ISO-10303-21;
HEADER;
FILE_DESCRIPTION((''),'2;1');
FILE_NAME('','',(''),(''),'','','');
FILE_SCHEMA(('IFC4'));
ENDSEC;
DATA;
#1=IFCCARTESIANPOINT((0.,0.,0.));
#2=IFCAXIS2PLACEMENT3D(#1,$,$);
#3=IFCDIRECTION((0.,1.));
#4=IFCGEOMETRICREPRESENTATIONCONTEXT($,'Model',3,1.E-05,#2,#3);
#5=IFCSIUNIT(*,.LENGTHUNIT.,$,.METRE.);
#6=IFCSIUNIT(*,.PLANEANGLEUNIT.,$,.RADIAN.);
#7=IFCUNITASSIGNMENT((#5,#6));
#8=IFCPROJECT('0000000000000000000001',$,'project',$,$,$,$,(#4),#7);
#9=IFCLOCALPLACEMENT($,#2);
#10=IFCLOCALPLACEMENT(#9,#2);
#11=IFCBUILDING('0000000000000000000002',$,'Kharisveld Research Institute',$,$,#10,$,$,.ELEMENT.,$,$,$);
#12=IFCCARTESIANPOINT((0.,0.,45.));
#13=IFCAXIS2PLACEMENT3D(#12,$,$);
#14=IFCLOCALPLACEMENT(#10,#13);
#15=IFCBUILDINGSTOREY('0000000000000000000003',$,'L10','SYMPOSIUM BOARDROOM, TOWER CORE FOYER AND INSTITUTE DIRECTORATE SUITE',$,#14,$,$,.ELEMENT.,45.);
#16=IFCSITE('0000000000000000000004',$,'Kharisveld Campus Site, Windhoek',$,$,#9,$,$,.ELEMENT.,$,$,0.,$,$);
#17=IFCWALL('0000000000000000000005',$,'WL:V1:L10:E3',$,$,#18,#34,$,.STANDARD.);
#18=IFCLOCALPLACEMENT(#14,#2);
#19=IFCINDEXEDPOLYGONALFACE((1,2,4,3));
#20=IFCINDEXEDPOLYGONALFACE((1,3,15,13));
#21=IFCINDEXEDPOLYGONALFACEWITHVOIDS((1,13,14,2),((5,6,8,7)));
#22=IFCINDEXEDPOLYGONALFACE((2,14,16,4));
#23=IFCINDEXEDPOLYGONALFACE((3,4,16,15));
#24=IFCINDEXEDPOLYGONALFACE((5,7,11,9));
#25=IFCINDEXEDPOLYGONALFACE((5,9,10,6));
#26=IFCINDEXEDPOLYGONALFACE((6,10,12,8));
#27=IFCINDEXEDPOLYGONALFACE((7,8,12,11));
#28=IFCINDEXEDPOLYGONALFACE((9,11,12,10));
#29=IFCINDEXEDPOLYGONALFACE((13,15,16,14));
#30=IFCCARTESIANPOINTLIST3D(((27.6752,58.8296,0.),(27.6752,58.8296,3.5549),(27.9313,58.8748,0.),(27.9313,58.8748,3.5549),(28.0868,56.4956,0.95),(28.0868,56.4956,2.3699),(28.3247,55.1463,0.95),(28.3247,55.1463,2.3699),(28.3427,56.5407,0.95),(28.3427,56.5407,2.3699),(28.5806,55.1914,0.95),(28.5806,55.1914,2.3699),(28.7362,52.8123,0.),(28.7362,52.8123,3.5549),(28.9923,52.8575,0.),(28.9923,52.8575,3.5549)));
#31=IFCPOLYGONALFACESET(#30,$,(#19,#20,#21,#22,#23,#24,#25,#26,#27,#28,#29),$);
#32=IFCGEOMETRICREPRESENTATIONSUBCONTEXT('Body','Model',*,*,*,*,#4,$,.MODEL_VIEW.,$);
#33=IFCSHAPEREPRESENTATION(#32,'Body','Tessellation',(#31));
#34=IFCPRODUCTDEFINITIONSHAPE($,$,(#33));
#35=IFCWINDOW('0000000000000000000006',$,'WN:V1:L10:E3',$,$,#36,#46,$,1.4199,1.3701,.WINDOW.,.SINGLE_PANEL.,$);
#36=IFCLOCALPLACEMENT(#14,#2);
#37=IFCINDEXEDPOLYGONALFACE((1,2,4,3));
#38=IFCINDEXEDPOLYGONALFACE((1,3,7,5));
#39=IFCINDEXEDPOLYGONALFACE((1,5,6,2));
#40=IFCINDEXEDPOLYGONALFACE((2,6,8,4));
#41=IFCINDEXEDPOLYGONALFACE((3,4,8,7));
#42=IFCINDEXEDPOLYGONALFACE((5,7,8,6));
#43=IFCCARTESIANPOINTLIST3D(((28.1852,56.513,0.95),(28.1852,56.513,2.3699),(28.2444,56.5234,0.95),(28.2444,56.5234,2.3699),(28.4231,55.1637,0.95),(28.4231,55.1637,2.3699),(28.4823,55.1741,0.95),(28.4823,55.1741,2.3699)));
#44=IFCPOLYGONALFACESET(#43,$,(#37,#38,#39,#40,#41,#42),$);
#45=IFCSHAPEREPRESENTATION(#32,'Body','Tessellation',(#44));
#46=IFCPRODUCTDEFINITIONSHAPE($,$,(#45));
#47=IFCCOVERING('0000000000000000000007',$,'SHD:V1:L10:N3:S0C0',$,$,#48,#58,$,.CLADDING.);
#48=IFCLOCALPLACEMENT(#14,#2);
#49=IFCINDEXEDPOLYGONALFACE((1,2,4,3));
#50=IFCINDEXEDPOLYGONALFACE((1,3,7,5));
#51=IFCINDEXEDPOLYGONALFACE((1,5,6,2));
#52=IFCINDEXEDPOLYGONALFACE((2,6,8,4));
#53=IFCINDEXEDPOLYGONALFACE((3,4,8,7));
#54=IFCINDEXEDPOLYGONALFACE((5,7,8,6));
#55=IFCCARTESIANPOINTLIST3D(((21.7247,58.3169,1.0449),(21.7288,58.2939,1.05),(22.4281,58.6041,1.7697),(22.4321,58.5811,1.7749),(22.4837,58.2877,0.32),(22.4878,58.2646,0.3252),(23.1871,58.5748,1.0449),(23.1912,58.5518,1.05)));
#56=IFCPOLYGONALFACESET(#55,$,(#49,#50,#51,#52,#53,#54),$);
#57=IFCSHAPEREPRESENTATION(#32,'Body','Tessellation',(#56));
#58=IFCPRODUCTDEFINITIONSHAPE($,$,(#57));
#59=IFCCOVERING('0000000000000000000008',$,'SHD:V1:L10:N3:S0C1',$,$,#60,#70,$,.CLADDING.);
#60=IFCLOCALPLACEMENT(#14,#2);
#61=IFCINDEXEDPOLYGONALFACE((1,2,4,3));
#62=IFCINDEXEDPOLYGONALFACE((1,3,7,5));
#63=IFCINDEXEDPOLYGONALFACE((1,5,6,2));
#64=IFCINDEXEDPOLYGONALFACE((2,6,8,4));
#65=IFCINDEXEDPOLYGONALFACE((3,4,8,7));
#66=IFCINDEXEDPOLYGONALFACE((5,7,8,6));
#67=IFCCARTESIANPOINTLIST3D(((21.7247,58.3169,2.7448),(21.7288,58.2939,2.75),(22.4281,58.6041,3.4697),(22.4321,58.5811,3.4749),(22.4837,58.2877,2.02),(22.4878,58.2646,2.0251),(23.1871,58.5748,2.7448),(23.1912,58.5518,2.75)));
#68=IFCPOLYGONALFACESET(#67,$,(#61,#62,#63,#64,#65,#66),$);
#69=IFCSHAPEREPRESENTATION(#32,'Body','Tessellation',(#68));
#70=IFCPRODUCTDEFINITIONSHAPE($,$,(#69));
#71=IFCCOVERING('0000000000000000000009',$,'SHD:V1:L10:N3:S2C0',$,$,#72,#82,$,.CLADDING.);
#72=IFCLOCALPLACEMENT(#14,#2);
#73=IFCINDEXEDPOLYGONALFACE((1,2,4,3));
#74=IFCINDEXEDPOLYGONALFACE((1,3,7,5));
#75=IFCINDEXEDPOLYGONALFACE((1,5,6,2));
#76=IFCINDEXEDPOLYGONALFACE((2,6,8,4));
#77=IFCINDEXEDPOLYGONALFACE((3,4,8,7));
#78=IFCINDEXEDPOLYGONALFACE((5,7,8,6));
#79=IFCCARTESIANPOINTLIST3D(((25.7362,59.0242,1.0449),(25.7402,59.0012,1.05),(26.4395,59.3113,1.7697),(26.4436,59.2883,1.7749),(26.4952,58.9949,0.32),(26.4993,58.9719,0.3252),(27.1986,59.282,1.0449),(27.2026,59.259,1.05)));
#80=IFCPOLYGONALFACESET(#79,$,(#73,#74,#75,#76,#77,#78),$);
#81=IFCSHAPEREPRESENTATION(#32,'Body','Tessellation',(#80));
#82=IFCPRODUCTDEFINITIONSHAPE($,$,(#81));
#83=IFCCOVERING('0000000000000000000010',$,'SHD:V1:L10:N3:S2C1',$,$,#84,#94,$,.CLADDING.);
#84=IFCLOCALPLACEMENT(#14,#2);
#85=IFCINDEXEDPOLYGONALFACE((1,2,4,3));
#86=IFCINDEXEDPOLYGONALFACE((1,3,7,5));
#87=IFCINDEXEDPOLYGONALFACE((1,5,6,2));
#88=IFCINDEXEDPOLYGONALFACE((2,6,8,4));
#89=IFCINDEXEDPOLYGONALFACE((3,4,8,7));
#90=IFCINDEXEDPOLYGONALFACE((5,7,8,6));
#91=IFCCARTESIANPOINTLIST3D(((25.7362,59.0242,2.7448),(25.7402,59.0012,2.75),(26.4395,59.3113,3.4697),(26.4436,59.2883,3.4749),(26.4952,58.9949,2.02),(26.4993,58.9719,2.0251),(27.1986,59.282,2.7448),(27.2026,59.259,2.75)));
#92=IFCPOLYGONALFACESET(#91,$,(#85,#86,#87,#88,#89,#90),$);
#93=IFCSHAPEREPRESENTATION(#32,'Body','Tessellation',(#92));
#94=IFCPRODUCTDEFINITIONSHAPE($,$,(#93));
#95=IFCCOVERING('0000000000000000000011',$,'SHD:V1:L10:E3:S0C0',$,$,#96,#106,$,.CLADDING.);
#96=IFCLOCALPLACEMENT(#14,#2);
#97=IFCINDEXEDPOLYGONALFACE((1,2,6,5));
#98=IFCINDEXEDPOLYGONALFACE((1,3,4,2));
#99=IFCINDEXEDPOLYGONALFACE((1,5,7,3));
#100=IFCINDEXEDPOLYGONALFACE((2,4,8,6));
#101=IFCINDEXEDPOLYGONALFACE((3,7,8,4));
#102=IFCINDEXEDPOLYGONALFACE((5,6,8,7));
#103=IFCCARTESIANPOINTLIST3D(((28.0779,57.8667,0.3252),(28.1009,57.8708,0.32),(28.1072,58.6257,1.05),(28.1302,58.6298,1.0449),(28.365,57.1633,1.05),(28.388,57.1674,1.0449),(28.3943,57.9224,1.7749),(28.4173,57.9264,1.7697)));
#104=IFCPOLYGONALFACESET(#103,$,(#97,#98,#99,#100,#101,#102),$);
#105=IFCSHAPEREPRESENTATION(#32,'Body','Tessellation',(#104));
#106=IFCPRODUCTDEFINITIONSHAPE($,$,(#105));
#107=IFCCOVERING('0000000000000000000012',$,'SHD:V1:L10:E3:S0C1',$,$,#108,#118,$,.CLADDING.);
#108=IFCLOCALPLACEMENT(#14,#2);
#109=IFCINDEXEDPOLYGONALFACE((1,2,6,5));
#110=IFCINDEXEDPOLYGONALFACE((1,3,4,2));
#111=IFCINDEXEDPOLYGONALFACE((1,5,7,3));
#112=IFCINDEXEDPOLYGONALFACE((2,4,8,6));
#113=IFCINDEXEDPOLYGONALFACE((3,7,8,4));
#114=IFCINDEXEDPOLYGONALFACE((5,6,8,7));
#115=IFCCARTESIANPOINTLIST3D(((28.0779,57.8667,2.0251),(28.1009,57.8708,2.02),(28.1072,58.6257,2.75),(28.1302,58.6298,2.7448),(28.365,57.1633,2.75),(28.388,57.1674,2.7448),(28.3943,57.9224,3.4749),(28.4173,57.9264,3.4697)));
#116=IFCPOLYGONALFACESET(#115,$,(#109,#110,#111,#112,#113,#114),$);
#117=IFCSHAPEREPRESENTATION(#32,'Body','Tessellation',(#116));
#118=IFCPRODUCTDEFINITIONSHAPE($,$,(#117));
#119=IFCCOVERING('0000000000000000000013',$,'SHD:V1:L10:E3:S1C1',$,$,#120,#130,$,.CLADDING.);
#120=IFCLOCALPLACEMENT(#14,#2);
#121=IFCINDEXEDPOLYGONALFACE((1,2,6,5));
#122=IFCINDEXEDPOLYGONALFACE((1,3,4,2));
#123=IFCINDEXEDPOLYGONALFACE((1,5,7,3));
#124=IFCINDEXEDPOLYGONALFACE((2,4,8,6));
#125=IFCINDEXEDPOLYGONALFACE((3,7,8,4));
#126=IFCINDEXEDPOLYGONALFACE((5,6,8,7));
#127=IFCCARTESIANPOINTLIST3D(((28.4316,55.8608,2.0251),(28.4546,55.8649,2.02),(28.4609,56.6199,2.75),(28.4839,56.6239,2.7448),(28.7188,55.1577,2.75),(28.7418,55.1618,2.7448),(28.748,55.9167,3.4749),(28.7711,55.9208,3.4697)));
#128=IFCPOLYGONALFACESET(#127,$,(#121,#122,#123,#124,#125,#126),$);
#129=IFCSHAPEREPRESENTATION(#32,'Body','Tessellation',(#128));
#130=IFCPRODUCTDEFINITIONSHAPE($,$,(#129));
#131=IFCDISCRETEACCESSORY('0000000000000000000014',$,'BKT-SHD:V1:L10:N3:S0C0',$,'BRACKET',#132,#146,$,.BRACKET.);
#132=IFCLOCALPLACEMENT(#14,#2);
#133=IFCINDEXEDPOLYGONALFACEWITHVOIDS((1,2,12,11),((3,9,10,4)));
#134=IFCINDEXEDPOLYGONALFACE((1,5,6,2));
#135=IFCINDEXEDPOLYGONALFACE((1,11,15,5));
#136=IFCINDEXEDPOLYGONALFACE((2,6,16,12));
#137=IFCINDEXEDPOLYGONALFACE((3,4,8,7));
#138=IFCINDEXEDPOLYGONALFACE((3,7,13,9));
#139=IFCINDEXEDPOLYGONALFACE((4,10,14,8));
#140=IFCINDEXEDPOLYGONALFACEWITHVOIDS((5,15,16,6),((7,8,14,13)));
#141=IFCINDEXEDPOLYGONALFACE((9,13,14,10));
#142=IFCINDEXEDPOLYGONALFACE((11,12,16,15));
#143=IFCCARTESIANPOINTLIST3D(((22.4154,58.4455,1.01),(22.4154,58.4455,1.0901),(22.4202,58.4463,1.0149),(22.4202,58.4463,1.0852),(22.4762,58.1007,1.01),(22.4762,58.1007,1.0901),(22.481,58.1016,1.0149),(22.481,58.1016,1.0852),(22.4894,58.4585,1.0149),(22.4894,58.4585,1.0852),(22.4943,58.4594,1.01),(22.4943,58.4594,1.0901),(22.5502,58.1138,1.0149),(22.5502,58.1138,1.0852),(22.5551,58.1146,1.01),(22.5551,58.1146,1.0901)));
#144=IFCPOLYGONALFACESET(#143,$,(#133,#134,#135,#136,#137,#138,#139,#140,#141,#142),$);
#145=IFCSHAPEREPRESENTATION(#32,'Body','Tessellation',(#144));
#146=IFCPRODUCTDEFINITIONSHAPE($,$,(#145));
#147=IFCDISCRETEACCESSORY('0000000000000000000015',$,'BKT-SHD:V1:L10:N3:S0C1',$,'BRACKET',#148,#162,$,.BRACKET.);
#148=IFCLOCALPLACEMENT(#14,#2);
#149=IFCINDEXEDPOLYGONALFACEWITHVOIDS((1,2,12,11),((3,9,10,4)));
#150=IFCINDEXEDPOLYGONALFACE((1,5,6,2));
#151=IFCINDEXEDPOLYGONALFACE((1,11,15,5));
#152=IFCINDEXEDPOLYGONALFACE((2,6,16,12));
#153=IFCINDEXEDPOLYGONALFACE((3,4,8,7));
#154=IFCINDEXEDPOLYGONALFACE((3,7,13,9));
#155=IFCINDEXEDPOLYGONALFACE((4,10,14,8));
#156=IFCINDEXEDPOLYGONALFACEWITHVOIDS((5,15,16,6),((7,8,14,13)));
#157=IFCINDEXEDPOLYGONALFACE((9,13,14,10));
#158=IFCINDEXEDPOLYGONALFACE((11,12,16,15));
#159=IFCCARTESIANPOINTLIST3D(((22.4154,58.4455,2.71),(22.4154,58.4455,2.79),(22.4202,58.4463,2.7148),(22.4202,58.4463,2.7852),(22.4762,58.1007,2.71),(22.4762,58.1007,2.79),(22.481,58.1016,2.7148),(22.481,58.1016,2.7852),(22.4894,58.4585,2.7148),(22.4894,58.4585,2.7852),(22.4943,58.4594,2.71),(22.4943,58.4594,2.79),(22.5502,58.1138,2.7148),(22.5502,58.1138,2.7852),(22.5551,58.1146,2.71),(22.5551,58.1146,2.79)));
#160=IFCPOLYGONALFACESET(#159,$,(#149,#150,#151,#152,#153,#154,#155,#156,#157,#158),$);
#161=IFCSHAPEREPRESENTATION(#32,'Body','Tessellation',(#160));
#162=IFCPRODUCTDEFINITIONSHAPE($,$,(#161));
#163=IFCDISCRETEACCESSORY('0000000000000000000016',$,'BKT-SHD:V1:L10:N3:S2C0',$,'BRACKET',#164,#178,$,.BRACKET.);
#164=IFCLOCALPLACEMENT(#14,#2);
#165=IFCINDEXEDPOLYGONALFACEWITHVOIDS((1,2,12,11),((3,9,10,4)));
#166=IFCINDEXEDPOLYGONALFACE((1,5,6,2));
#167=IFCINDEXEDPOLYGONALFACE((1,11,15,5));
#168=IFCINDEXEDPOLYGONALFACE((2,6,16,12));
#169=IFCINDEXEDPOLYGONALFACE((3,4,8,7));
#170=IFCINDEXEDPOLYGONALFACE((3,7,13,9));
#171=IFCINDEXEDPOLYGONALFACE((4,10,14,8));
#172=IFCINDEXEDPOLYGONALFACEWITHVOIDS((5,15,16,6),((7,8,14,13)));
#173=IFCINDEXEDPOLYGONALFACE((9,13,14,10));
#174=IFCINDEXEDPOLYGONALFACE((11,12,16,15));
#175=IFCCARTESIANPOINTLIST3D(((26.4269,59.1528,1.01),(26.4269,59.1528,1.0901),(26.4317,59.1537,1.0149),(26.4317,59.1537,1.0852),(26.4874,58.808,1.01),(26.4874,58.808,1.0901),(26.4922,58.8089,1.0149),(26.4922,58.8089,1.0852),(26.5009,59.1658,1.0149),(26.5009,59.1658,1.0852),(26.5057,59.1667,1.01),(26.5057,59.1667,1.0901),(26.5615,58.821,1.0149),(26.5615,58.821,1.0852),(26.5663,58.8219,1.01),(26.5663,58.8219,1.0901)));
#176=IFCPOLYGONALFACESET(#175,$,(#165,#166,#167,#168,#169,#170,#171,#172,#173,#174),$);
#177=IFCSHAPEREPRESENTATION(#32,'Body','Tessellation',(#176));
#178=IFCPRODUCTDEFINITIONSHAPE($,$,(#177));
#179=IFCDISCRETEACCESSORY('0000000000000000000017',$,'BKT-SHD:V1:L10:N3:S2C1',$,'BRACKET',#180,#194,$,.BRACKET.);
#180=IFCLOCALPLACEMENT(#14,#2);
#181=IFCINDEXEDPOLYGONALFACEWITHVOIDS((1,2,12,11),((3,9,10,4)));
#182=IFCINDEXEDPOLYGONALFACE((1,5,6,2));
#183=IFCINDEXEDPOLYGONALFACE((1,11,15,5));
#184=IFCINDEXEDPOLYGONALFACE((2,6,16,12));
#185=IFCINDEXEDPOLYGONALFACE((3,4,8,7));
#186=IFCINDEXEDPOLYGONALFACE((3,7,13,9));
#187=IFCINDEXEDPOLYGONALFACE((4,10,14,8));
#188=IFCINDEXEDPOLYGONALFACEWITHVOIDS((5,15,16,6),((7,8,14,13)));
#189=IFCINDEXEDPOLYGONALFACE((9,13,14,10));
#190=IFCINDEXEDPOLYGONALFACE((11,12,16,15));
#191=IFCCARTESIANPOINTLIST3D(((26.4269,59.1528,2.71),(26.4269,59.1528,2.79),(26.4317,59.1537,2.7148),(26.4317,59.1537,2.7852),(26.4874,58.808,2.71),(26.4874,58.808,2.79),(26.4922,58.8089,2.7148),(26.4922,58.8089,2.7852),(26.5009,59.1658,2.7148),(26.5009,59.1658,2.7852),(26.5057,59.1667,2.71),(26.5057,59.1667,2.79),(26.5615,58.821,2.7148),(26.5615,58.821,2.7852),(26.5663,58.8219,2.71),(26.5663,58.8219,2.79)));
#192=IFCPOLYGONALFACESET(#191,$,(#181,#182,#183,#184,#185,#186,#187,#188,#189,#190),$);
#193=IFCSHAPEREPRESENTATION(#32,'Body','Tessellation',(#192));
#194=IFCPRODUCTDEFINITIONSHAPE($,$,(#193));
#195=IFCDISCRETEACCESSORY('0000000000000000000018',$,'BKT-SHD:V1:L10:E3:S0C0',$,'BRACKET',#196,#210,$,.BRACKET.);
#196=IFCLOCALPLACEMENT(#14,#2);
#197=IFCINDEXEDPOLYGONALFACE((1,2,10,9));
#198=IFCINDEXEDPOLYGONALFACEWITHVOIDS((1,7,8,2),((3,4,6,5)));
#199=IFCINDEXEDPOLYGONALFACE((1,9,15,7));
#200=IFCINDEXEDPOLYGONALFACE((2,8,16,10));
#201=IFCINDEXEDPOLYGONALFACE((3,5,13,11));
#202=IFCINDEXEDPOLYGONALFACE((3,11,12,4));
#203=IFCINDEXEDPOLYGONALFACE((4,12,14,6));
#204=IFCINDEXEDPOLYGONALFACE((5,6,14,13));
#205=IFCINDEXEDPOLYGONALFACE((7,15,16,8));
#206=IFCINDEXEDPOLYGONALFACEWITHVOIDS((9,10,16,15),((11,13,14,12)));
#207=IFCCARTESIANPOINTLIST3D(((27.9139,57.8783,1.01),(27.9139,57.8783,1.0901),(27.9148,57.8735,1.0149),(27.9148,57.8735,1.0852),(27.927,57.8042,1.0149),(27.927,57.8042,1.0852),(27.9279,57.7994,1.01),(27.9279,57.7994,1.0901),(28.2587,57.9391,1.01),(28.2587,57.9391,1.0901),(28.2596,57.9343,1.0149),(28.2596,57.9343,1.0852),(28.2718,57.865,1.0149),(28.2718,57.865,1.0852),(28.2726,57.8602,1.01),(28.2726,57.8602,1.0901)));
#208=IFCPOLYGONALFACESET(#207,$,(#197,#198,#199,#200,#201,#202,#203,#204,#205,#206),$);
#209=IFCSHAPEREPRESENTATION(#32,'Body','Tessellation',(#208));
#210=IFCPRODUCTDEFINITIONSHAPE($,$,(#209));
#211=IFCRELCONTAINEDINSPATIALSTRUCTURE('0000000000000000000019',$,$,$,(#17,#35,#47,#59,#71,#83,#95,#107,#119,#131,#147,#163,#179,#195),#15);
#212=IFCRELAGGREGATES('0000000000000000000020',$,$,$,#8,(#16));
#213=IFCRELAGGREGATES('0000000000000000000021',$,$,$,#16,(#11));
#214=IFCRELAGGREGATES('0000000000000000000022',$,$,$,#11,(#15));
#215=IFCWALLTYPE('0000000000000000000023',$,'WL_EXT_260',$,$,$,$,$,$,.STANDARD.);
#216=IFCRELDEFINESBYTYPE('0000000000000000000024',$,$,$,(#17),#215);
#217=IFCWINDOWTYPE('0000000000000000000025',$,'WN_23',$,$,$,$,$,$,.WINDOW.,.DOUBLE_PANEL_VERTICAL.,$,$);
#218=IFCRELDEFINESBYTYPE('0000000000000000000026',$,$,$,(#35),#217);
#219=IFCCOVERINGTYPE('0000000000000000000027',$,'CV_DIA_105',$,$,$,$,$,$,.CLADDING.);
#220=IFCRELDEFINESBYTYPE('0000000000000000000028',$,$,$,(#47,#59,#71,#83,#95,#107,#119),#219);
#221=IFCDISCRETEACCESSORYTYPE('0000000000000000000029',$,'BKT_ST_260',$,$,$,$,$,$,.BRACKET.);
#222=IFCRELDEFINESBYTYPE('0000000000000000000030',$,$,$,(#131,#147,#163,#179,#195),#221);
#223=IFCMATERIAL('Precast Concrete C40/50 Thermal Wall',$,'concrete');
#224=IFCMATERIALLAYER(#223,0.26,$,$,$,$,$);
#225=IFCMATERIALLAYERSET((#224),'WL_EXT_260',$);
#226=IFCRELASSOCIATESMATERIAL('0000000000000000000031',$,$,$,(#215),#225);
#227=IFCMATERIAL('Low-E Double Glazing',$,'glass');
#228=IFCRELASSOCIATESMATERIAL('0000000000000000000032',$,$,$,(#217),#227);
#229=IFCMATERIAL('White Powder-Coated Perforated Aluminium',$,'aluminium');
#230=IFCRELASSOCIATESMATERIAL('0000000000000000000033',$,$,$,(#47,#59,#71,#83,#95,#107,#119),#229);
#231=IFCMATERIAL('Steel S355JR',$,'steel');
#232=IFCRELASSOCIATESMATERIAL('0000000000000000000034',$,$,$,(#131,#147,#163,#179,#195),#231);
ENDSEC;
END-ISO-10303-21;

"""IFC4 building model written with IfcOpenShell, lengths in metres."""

from ifc_helpers import new_model, si_unit, direction, frame, frame_2d, origin, origin_2d, place, context, subcontext, project, spatial, polyline, rectangle, hollow_rectangle, outline, extrude, material, layer, layer_set, type_object, element, fill, save


model = new_model("IFC4")

# Units and contexts
model_context = context("Model", 3, precision=1e-05, world=origin(), true_north=direction((0.0, 1.0)))
body_context = subcontext(model_context, "Body", "Model", "MODEL_VIEW")
ifc_project = project(units=[si_unit("LENGTHUNIT", "METRE"), si_unit("PLANEANGLEUNIT", "RADIAN")], contexts=[model_context])

# Site, building, storey
site_placement = place(None, origin())
site = spatial("IfcSite", under=ifc_project, at=site_placement, Name="Kharisveld Campus Site, Windhoek", CompositionType="ELEMENT", RefElevation=0.0)
building_placement = place(site_placement, origin())
building = spatial("IfcBuilding", under=site, at=building_placement, Name="Kharisveld Research Institute", CompositionType="ELEMENT")
storey_placement = place(building_placement, frame((0.0, 0.0, 45.0)))
storey = spatial("IfcBuildingStorey", under=building, at=storey_placement, Name="L10", Description="SYMPOSIUM BOARDROOM, TOWER CORE FOYER AND INSTITUTE DIRECTORATE SUITE", CompositionType="ELEMENT", Elevation=45.0)

# Shared definitions
ifc_material_1 = material(Name="Precast Concrete C40/50 Thermal Wall", Category="concrete")
ifc_layer_1 = layer(ifc_material_1, 0.26)
ifc_layer_set_1 = layer_set([ifc_layer_1], Name="WL_EXT_260")
wall_type = type_object("IfcWallType", Name="WL_EXT_260", PredefinedType="STANDARD", material=ifc_layer_set_1)

# Wall, opening, window
wall_1_placement = place(storey_placement, frame((27.8032, 58.8523, 0.0), z_axis=(0.0, 0.0, 1.0), x_axis=(0.173651, -0.984807, 0.0)))
wall_1 = element("IfcWall", 1, at=wall_1_placement, inside=storey, type_object=wall_type, Name="WL:V1:L10:E3", PredefinedType="STANDARD", context=body_context, shape_type="SweptSolid", body=[
    extrude(rectangle(XDim=6.1101, YDim=0.26, at=frame_2d((3.0552, 0.0))), origin(), (0.0, 0.0, 1.0), 3.5549),
])
opening_placement = place(wall_1_placement, frame((2.3701, 0.0, 0.95)))
opening = element("IfcOpeningElement", 2, at=opening_placement, cuts=wall_1, PredefinedType="OPENING", context=body_context, shape_type="SweptSolid", body=[
    extrude(rectangle(XDim=1.3701, YDim=1.4199, at=frame_2d((0.6851, 0.71))), frame((0.0, 0.1299, 0.0), z_axis=(0.0, -1.0, 0.0), x_axis=(1.0, 0.0, 0.0)), (0.0, 0.0, 1.0), 0.26),
])
ifc_material_2 = material(Name="Low-E Double Glazing", Category="glass")
window_type = type_object("IfcWindowType", Name="WN_23", PartitioningType="DOUBLE_PANEL_VERTICAL", PredefinedType="WINDOW", material=ifc_material_2)
window_placement = place(opening_placement, origin())
window = element("IfcWindow", 3, at=window_placement, inside=storey, type_object=window_type, Name="WN:V1:L10:E3", OverallHeight=1.4199, OverallWidth=1.3701, PartitioningType="SINGLE_PANEL", PredefinedType="WINDOW", context=body_context, shape_type="SweptSolid", body=[
    extrude(rectangle(XDim=1.3701, YDim=1.4199, at=frame_2d((0.6851, 0.71))), frame((0.0, 0.03, 0.0), z_axis=(0.0, -1.0, 0.0), x_axis=(1.0, 0.0, 0.0)), (0.0, 0.0, 1.0), 0.0601),
])
fill(opening, window)

# Coverings
ifc_material_3 = material(Name="White Powder-Coated Perforated Aluminium", Category="aluminium")
covering_type = type_object("IfcCoveringType", Name="CV_DIA_105", PredefinedType="CLADDING")
for number, where, z_axis, x_axis, name in (
    (4, (22.4878, 58.2646, 0.3252), (0.169504, -0.961487, 0.216358), (0.669853, 0.273429, 0.690314), "SHD:V1:L10:N3:S0C0"),
    (5, (22.4878, 58.2646, 2.0251), (0.169504, -0.961487, 0.216358), (0.669853, 0.273429, 0.690314), "SHD:V1:L10:N3:S0C1"),
    (6, (26.4993, 58.9719, 0.3252), (0.169504, -0.961487, 0.216358), (0.669853, 0.273429, 0.690314), "SHD:V1:L10:N3:S2C0"),
    (7, (26.4993, 58.9719, 2.0251), (0.169504, -0.961487, 0.216358), (0.669853, 0.273429, 0.690314), "SHD:V1:L10:N3:S2C1"),
    (8, (28.0779, 57.8667, 0.3252), (-0.961487, -0.169504, 0.216358), (0.273429, -0.669853, 0.690314), "SHD:V1:L10:E3:S0C0"),
    (9, (28.0779, 57.8667, 2.0251), (-0.961487, -0.169504, 0.216358), (0.273429, -0.669853, 0.690314), "SHD:V1:L10:E3:S0C1"),
):
    element("IfcCovering", number, at=place(storey_placement, frame(where, z_axis=z_axis, x_axis=x_axis)), inside=storey, type_object=covering_type, material=ifc_material_3, Name=name, PredefinedType="CLADDING", context=body_context, shape_type="SweptSolid", body=[
        extrude(outline(polyline([(0.0, 0.0), (1.05, 0.0), (1.05, 1.05), (-0.0001, 1.05), (0.0, 0.0)])), origin(), (0.0, 0.0, -1.0), 0.0239),
    ])
covering_placement = place(storey_placement, frame((28.4316, 55.8608, 2.0251), z_axis=(-0.961476, -0.169531, 0.216385), x_axis=(0.273471, -0.669725, 0.690421)))
element("IfcCovering", 10, at=covering_placement, inside=storey, type_object=covering_type, material=ifc_material_3, Name="SHD:V1:L10:E3:S1C1", PredefinedType="CLADDING", context=body_context, shape_type="SweptSolid", body=[
    extrude(outline(polyline([(0.0, 0.0), (1.0499, 0.0), (1.05, 1.05), (0.0001, 1.05), (0.0, 0.0)])), origin(), (0.0, 0.0, -1.0), 0.0239),
])

# Discrete accessories
ifc_material_4 = material(Name="Steel S355JR", Category="steel")
discrete_accessory_type = type_object("IfcDiscreteAccessoryType", Name="BKT_ST_260", PredefinedType="BRACKET")
for number, where, z_axis, x_axis, name in (
    (11, (22.5156, 58.1077, 1.05), (-0.173666, 0.984805, 0.0), (-0.984805, -0.173666, 0.0), "BKT-SHD:V1:L10:N3:S0C0"),
    (12, (22.5156, 58.1077, 2.75), (-0.173666, 0.984805, 0.0), (-0.984805, -0.173666, 0.0), "BKT-SHD:V1:L10:N3:S0C1"),
    (13, (26.5269, 58.8149, 1.05), (-0.172989, 0.984924, 0.0), (-0.984924, -0.172989, 0.0), "BKT-SHD:V1:L10:N3:S2C0"),
    (14, (26.5269, 58.8149, 2.75), (-0.172989, 0.984924, 0.0), (-0.984924, -0.172989, 0.0), "BKT-SHD:V1:L10:N3:S2C1"),
    (15, (27.9209, 57.8389, 1.05), (0.984805, 0.173666, 0.0), (-0.173666, 0.984805, 0.0), "BKT-SHD:V1:L10:E3:S0C0"),
):
    element("IfcDiscreteAccessory", number, at=place(storey_placement, frame(where, z_axis=z_axis, x_axis=x_axis)), inside=storey, type_object=discrete_accessory_type, material=ifc_material_4, Name=name, ObjectType="BRACKET", PredefinedType="BRACKET", context=body_context, shape_type="SweptSolid", body=[
        extrude(hollow_rectangle(XDim=0.0801, YDim=0.0801, WallThickness=0.0049, at=origin_2d()), origin(), (0.0, 0.0, 1.0), 0.3501),
    ])

save(model, "model.ifc")
